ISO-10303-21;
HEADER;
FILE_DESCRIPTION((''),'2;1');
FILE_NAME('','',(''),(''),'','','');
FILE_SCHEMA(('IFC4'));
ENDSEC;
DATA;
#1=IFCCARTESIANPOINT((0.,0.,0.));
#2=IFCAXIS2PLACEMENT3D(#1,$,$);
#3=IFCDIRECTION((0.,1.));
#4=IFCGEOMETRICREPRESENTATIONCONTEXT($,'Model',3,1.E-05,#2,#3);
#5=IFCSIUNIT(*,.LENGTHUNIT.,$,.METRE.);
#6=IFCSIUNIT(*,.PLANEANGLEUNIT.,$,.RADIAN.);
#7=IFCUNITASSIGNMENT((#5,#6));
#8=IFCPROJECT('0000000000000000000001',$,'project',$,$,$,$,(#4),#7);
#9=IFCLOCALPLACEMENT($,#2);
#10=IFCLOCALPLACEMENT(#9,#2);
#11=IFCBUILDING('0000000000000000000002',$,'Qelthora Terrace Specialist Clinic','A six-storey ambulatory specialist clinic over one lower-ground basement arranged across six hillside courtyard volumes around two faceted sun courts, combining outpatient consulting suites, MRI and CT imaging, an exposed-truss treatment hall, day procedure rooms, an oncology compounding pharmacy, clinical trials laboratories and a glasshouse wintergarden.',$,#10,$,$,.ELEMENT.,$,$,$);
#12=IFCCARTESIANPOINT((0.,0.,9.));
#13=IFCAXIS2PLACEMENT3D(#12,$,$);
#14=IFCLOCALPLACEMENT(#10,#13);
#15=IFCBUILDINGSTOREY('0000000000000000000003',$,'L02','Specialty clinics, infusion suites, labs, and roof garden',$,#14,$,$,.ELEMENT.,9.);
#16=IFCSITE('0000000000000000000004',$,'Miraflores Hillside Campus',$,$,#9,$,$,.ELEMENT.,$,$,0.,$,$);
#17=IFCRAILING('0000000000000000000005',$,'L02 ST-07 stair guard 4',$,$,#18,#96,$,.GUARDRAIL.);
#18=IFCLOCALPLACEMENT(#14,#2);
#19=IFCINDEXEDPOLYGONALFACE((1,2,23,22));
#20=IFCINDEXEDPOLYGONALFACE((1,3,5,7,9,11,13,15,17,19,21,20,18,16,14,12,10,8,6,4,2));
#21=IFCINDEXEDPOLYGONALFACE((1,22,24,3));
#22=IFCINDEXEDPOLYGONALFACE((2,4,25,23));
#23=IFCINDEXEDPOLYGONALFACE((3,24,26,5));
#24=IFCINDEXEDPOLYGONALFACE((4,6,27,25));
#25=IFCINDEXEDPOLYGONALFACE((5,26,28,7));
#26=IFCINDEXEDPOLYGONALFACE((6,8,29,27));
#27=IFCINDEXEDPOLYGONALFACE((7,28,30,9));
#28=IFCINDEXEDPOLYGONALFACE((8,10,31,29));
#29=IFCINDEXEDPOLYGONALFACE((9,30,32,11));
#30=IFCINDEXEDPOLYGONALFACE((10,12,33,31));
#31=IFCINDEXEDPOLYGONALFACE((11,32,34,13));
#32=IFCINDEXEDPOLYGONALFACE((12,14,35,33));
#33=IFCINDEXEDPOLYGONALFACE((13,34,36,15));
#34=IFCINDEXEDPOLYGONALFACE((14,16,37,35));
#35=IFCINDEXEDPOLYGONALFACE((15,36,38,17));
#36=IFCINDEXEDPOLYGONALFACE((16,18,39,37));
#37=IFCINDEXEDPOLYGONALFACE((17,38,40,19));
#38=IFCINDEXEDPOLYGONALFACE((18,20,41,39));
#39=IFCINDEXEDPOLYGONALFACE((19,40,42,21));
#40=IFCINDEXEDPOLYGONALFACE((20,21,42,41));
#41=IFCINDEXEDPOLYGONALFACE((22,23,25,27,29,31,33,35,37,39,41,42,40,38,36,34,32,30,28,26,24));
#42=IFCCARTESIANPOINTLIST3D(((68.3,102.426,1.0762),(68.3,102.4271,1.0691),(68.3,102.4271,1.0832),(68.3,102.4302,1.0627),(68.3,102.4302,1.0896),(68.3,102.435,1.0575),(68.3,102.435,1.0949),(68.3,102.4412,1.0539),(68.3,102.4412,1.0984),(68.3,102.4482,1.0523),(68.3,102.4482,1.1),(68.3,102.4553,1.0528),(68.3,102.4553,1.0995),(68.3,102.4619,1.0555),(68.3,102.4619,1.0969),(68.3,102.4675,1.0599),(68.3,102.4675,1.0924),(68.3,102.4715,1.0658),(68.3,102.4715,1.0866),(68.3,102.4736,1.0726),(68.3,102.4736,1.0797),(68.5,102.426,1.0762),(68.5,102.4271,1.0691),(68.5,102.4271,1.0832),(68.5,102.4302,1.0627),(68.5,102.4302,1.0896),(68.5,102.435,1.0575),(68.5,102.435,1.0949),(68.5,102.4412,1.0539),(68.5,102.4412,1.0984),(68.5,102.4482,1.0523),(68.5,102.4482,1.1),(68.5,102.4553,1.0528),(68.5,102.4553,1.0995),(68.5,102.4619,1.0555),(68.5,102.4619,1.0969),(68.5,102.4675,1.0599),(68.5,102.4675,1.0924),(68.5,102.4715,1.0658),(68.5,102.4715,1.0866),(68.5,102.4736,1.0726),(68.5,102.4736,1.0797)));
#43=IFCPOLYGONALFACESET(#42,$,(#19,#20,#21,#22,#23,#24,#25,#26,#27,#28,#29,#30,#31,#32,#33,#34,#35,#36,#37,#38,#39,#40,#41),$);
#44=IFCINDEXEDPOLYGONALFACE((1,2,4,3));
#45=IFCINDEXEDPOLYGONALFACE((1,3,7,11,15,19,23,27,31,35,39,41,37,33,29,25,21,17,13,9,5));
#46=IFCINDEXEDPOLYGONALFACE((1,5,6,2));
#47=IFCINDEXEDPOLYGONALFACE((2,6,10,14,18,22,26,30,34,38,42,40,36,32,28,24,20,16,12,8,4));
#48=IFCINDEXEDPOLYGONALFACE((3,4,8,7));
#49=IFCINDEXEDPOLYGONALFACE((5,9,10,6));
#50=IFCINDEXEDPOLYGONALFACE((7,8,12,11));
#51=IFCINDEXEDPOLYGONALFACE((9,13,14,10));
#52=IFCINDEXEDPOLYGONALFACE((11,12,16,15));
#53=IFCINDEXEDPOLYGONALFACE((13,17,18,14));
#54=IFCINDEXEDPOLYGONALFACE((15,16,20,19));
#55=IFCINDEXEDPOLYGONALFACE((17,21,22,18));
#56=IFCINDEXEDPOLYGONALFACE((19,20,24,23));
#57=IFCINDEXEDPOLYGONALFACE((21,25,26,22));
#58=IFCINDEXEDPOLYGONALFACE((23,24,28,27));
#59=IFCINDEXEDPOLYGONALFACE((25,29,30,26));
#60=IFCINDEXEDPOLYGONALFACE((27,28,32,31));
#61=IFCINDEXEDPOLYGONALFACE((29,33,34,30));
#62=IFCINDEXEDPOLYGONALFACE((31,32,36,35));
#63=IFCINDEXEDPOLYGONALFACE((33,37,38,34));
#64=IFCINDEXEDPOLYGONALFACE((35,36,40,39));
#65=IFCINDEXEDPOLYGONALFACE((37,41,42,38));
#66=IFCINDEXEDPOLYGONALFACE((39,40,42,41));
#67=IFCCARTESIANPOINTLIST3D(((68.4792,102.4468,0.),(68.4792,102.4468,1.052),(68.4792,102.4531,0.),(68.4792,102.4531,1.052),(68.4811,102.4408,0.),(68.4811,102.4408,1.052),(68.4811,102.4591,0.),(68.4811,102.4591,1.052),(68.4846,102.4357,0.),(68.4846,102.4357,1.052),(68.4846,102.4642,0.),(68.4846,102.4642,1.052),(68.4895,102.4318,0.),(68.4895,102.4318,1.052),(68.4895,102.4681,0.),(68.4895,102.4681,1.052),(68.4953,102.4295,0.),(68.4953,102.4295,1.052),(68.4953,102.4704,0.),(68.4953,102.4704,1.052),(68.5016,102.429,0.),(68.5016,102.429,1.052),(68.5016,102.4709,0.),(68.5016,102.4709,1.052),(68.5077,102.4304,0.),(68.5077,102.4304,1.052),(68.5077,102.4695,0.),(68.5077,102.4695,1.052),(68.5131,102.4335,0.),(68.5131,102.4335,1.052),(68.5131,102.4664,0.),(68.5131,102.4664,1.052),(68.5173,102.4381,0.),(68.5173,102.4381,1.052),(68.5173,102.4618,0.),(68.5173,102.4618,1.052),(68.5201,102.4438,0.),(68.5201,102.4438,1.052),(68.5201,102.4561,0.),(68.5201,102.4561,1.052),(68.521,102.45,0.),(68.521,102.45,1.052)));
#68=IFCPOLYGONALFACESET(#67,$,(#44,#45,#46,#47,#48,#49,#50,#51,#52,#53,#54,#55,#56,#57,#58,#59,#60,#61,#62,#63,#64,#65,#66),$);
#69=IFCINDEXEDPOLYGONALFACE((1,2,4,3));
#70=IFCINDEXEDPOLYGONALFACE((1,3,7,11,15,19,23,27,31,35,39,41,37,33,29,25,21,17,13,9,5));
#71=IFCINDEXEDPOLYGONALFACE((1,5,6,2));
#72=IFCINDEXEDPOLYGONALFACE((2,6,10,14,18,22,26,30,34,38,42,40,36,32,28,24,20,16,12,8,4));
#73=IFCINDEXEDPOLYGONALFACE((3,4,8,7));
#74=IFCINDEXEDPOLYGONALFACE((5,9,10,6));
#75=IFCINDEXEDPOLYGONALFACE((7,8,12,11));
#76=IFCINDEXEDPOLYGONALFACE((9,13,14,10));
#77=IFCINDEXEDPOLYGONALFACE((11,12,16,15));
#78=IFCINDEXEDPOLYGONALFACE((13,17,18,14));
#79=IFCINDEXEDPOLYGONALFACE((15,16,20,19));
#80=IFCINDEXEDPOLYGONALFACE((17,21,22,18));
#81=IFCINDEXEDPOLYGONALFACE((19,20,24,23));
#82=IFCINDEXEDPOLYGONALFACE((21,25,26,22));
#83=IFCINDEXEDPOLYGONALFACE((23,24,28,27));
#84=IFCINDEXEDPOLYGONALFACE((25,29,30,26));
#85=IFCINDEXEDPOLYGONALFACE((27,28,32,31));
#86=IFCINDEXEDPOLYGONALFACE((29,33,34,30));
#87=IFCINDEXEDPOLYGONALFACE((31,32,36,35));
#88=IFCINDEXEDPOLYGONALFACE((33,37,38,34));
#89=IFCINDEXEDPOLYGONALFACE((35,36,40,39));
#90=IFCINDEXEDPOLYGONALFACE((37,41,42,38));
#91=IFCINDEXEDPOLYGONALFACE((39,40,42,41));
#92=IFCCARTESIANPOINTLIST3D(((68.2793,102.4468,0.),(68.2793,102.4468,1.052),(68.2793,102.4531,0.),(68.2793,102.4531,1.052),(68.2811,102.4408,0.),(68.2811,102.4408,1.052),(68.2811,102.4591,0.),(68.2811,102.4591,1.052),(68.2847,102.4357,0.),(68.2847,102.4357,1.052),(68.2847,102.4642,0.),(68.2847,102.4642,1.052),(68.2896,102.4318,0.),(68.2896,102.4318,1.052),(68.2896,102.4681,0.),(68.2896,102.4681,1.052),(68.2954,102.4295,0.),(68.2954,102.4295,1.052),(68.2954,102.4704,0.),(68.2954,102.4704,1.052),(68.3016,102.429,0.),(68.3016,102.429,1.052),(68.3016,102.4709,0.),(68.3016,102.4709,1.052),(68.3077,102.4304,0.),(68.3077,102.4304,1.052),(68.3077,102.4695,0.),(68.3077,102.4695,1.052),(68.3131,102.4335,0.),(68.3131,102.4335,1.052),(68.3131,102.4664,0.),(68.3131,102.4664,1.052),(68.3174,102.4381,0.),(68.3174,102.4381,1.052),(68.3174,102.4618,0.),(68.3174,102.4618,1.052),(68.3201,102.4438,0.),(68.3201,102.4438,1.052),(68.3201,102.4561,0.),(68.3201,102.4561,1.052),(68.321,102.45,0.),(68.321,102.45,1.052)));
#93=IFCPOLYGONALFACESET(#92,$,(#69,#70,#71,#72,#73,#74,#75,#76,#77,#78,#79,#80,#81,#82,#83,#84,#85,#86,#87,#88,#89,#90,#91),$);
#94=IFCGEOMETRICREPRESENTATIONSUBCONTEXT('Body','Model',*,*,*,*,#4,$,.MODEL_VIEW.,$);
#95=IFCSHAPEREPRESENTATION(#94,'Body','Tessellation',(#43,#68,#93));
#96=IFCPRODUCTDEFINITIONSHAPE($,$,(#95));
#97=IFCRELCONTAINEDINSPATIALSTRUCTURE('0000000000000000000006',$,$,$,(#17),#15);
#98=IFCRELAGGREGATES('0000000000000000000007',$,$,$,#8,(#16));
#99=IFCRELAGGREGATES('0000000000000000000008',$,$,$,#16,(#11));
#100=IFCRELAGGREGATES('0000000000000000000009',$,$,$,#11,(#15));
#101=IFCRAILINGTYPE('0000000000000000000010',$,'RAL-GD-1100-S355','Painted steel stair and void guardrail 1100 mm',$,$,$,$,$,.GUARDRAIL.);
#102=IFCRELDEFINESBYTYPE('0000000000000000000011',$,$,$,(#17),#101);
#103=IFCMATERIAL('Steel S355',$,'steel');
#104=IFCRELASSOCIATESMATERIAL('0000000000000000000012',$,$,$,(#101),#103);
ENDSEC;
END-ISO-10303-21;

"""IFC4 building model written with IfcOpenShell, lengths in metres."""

from ifc_helpers import new_model, si_unit, direction, frame, origin, origin_2d, place, context, subcontext, project, spatial, circle, extrude, material, type_object, element, save


model = new_model("IFC4")

# Units and contexts
model_context = context("Model", 3, precision=1e-05, world=origin(), true_north=direction((0.0, 1.0)))
body_context = subcontext(model_context, "Body", "Model", "MODEL_VIEW")
ifc_project = project(units=[si_unit("LENGTHUNIT", "METRE"), si_unit("PLANEANGLEUNIT", "RADIAN")], contexts=[model_context])

# Site, building, storey
site_placement = place(None, origin())
site = spatial("IfcSite", under=ifc_project, at=site_placement, Name="Miraflores Hillside Campus", CompositionType="ELEMENT", RefElevation=0.0)
building_placement = place(site_placement, origin())
building = spatial("IfcBuilding", under=site, at=building_placement, Name="Qelthora Terrace Specialist Clinic", Description="A six-storey ambulatory specialist clinic over one lower-ground basement arranged across six hillside courtyard volumes around two faceted sun courts, combining outpatient consulting suites, MRI and CT imaging, an exposed-truss treatment hall, day procedure rooms, an oncology compounding pharmacy, clinical trials laboratories and a glasshouse wintergarden.", CompositionType="ELEMENT")
storey_placement = place(building_placement, frame((0.0, 0.0, 9.0)))
storey = spatial("IfcBuildingStorey", under=building, at=storey_placement, Name="L02", Description="Specialty clinics, infusion suites, labs, and roof garden", CompositionType="ELEMENT", Elevation=9.0)

# Shared definitions
ifc_material_1 = material(Name="Steel S355", Category="steel")

# Railing
railing_type_1 = type_object("IfcRailingType", Name="RAL-GD-1100-S355", Description="Painted steel stair and void guardrail 1100 mm", PredefinedType="GUARDRAIL", material=ifc_material_1)
railing_1_placement = place(storey_placement, frame((68.5, 102.45, 0.0)))
element("IfcRailing", 1, at=railing_1_placement, inside=storey, type_object=railing_type_1, Name="L02 ST-07 stair guard 4", PredefinedType="GUARDRAIL", context=body_context, shape_type="SweptSolid", body=[
    extrude(circle(Radius=0.0239, at=origin_2d()), frame((0.0, 0.0, 1.0762), z_axis=(-1.0, 0.0, 0.0), x_axis=(0.0, -1.0, 0.0)), (0.0, 0.0, 1.0), 0.2),
    extrude(circle(Radius=0.021, at=origin_2d()), origin(), (0.0, 0.0, 1.0), 1.052),
    extrude(circle(Radius=0.021, at=origin_2d()), frame((-0.2, 0.0, 0.0)), (0.0, 0.0, 1.0), 1.052),
])

save(model, "model.ifc")
